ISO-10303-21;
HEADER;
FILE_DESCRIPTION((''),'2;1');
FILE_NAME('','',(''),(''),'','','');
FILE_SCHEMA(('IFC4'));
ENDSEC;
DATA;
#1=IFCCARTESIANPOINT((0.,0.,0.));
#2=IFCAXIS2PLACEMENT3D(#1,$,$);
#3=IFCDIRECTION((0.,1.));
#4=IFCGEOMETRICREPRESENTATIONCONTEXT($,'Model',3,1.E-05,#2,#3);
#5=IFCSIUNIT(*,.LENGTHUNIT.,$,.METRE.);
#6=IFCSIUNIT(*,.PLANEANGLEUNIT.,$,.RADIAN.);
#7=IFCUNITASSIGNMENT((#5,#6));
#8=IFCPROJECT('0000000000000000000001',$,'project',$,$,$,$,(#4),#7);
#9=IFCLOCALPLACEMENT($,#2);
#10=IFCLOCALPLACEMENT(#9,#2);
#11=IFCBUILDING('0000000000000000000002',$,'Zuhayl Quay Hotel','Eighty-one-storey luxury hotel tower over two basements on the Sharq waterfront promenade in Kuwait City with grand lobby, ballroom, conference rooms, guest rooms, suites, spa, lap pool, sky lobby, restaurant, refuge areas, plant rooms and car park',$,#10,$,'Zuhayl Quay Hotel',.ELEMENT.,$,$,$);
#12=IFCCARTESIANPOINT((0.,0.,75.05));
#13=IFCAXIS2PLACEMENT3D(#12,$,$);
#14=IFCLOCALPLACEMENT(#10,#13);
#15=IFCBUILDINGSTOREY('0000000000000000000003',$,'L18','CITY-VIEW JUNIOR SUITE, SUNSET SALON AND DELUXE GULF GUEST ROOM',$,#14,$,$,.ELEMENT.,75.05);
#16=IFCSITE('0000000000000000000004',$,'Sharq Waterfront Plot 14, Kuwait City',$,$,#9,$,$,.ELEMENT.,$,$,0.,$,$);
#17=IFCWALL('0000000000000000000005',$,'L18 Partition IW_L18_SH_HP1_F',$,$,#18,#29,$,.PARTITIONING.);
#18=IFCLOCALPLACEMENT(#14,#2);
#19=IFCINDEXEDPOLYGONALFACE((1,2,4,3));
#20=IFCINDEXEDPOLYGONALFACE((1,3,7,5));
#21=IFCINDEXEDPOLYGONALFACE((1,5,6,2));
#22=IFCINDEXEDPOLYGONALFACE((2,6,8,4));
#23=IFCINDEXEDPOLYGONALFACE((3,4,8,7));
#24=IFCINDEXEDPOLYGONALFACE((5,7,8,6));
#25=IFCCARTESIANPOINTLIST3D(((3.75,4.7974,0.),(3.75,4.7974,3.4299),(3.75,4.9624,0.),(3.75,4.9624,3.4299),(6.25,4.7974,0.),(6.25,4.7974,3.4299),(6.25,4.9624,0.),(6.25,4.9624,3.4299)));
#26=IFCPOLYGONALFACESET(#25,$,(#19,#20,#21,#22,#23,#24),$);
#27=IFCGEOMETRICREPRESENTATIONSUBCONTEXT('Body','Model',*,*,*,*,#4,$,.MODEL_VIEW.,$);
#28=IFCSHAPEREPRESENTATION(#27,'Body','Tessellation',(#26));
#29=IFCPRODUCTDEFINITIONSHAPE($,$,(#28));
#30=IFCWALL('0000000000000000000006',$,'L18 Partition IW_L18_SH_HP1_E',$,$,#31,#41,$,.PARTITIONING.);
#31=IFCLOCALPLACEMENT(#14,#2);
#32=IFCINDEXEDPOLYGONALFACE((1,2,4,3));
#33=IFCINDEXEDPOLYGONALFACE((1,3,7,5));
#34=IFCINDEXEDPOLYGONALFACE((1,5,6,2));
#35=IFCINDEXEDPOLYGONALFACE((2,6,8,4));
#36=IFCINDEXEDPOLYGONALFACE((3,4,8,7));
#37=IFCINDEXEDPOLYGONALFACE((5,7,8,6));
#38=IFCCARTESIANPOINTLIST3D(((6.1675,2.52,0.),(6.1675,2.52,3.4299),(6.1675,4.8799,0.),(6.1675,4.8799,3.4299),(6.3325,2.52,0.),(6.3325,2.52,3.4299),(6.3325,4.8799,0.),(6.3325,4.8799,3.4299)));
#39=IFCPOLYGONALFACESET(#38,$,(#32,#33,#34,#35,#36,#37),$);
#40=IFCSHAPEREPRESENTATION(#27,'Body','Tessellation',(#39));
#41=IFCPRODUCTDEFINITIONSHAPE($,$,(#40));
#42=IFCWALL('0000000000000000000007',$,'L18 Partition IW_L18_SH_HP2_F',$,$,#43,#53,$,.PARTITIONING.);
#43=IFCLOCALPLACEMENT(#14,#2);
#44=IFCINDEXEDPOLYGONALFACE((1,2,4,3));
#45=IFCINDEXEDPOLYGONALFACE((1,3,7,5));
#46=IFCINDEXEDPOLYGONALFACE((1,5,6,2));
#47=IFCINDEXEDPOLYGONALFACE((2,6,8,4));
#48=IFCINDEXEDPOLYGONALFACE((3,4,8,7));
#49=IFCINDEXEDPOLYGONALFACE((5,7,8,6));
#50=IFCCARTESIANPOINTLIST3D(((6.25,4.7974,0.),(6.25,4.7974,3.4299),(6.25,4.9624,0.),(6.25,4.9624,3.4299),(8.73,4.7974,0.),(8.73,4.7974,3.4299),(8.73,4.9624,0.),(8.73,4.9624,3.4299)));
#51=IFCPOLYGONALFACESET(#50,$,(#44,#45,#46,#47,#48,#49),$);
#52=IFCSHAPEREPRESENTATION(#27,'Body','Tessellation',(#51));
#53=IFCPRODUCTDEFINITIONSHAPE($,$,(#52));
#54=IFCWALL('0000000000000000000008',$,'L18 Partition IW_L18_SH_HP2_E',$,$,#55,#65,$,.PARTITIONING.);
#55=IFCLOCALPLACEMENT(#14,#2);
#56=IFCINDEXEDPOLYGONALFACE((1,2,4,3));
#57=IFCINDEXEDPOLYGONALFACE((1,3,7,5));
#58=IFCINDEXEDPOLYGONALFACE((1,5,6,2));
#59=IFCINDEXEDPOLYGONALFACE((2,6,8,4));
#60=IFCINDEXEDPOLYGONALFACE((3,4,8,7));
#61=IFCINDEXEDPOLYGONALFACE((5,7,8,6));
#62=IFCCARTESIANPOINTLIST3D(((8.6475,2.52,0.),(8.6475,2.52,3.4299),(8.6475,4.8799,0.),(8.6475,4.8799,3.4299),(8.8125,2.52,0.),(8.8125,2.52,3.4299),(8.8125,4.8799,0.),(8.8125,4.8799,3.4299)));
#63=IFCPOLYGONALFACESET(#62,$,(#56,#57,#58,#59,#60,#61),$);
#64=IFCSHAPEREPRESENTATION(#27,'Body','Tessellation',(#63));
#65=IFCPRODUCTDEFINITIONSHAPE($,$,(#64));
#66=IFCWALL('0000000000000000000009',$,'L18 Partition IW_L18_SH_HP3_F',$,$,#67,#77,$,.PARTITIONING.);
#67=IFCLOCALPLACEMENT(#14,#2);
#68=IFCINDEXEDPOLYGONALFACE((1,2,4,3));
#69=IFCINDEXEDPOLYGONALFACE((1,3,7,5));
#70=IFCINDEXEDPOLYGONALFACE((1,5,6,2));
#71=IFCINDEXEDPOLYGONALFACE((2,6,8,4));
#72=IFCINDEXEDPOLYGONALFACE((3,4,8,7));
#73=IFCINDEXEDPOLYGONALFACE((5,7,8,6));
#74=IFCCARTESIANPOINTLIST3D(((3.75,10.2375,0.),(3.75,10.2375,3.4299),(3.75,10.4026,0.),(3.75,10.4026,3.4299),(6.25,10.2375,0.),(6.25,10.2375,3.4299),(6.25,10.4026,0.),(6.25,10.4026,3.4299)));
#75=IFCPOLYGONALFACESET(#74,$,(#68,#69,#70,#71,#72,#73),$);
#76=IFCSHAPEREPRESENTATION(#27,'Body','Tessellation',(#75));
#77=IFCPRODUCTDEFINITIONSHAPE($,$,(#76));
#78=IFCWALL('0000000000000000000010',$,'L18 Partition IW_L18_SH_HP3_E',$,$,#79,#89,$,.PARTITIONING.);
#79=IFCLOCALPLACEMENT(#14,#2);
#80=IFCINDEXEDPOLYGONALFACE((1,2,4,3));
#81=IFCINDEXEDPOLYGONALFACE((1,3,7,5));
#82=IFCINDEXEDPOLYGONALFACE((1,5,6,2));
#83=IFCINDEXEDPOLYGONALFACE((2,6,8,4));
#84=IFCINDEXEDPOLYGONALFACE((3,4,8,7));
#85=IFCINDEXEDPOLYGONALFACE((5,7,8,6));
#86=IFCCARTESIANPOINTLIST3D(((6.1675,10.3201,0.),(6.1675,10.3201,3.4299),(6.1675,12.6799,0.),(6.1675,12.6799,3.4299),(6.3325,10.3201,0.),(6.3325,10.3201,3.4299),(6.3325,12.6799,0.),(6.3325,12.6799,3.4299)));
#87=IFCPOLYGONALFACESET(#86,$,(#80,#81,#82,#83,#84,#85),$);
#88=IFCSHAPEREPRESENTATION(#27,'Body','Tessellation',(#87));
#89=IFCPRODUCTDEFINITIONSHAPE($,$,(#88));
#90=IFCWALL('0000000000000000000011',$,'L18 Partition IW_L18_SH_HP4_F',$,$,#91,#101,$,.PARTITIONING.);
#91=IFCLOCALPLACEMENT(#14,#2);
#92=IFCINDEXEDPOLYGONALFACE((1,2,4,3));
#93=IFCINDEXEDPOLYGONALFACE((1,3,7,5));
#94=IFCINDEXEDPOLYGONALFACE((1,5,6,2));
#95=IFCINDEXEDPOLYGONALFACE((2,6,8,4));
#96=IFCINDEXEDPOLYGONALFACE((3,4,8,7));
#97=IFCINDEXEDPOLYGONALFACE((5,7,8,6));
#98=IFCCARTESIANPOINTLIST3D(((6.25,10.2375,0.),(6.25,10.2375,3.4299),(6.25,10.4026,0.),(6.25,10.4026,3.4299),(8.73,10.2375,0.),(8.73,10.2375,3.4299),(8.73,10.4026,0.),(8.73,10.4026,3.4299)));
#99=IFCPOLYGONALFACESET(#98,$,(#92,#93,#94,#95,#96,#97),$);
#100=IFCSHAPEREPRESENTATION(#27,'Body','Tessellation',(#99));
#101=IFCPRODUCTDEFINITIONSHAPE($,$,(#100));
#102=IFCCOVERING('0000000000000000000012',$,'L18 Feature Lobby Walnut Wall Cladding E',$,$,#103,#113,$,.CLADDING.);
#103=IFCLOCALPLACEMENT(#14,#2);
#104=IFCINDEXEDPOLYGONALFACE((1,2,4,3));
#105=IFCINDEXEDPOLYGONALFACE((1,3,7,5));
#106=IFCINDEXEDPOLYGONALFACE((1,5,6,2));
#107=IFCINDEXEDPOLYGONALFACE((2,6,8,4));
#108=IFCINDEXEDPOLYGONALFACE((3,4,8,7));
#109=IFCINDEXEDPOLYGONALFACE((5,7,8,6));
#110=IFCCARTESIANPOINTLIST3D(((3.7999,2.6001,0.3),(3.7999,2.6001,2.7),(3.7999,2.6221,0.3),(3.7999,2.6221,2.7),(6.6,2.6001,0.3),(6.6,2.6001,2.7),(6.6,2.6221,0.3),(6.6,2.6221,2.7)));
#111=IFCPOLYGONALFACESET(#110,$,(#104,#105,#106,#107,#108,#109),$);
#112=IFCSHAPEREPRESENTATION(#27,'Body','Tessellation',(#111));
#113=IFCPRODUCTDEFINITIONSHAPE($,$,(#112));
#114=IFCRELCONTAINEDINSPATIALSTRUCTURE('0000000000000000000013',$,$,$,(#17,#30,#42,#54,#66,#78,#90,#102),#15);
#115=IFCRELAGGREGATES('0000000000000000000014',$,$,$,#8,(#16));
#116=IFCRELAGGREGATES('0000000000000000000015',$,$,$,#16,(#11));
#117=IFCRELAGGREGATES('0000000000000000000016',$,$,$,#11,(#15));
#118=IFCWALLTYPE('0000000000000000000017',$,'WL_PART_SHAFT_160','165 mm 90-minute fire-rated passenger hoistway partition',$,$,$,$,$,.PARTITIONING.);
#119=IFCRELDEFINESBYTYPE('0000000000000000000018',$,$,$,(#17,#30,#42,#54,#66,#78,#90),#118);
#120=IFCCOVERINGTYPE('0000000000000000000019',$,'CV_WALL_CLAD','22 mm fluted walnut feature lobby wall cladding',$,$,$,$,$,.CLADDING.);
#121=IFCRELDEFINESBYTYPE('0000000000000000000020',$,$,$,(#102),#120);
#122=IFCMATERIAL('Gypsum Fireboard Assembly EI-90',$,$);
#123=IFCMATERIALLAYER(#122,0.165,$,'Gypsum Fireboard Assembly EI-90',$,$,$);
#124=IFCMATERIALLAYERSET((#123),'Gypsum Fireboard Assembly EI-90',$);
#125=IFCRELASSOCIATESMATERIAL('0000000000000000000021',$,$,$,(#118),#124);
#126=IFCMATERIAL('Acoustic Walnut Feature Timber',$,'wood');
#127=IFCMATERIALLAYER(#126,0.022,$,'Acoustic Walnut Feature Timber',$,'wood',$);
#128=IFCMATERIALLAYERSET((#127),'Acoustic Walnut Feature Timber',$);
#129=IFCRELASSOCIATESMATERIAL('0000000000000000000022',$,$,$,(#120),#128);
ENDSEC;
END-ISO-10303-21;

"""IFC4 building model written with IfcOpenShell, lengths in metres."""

from ifc_helpers import new_model, si_unit, direction, frame, frame_2d, origin, origin_2d, place, context, subcontext, project, spatial, rectangle, extrude, material, layer, layer_set, type_object, element, save


model = new_model("IFC4")

# Units and contexts
model_context = context("Model", 3, precision=1e-05, world=origin(), true_north=direction((0.0, 1.0)))
body_context = subcontext(model_context, "Body", "Model", "MODEL_VIEW")
ifc_project = project(units=[si_unit("LENGTHUNIT", "METRE"), si_unit("PLANEANGLEUNIT", "RADIAN")], contexts=[model_context])

# Site, building, storey
site_placement = place(None, origin())
site = spatial("IfcSite", under=ifc_project, at=site_placement, Name="Sharq Waterfront Plot 14, Kuwait City", CompositionType="ELEMENT", RefElevation=0.0)
building_placement = place(site_placement, origin())
building = spatial("IfcBuilding", under=site, at=building_placement, Name="Zuhayl Quay Hotel", Description="Eighty-one-storey luxury hotel tower over two basements on the Sharq waterfront promenade in Kuwait City with grand lobby, ballroom, conference rooms, guest rooms, suites, spa, lap pool, sky lobby, restaurant, refuge areas, plant rooms and car park", LongName="Zuhayl Quay Hotel", CompositionType="ELEMENT")
storey_placement = place(building_placement, frame((0.0, 0.0, 75.05)))
storey = spatial("IfcBuildingStorey", under=building, at=storey_placement, Name="L18", Description="CITY-VIEW JUNIOR SUITE, SUNSET SALON AND DELUXE GULF GUEST ROOM", CompositionType="ELEMENT", Elevation=75.05)

# Walls
ifc_material_1 = material(Name="Gypsum Fireboard Assembly EI-90")
ifc_layer_1 = layer(ifc_material_1, 0.165, Name="Gypsum Fireboard Assembly EI-90")
ifc_layer_set_1 = layer_set([ifc_layer_1], Name="Gypsum Fireboard Assembly EI-90")
wall_type_1 = type_object("IfcWallType", Name="WL_PART_SHAFT_160", Description="165 mm 90-minute fire-rated passenger hoistway partition", PredefinedType="PARTITIONING", material=ifc_layer_set_1)
wall_1_placement = place(storey_placement, frame((3.75, 4.8799, 0.0), z_axis=(0.0, 0.0, 1.0), x_axis=(1.0, 0.0, 0.0)))
element("IfcWall", 1, at=wall_1_placement, inside=storey, type_object=wall_type_1, Name="L18 Partition IW_L18_SH_HP1_F", PredefinedType="PARTITIONING", context=body_context, shape_type="SweptSolid", body=[
    extrude(rectangle(XDim=2.5, YDim=0.165, at=frame_2d((1.25, 0.0))), origin(), (0.0, 0.0, 1.0), 3.4299),
])
wall_2_placement = place(storey_placement, frame((6.25, 2.52, 0.0), z_axis=(0.0, 0.0, 1.0), x_axis=(0.0, 1.0, 0.0)))
element("IfcWall", 2, at=wall_2_placement, inside=storey, type_object=wall_type_1, Name="L18 Partition IW_L18_SH_HP1_E", PredefinedType="PARTITIONING", context=body_context, shape_type="SweptSolid", body=[
    extrude(rectangle(XDim=2.3599, YDim=0.165, at=frame_2d((1.1799, 0.0))), origin(), (0.0, 0.0, 1.0), 3.4299),
])
wall_3_placement = place(storey_placement, frame((6.25, 4.8799, 0.0), z_axis=(0.0, 0.0, 1.0), x_axis=(1.0, 0.0, 0.0)))
element("IfcWall", 3, at=wall_3_placement, inside=storey, type_object=wall_type_1, Name="L18 Partition IW_L18_SH_HP2_F", PredefinedType="PARTITIONING", context=body_context, shape_type="SweptSolid", body=[
    extrude(rectangle(XDim=2.48, YDim=0.165, at=frame_2d((1.24, 0.0))), origin(), (0.0, 0.0, 1.0), 3.4299),
])
wall_4_placement = place(storey_placement, frame((8.73, 2.52, 0.0), z_axis=(0.0, 0.0, 1.0), x_axis=(0.0, 1.0, 0.0)))
element("IfcWall", 4, at=wall_4_placement, inside=storey, type_object=wall_type_1, Name="L18 Partition IW_L18_SH_HP2_E", PredefinedType="PARTITIONING", context=body_context, shape_type="SweptSolid", body=[
    extrude(rectangle(XDim=2.3599, YDim=0.165, at=frame_2d((1.1799, 0.0))), origin(), (0.0, 0.0, 1.0), 3.4299),
])
wall_5_placement = place(storey_placement, frame((3.75, 10.3201, 0.0), z_axis=(0.0, 0.0, 1.0), x_axis=(1.0, 0.0, 0.0)))
element("IfcWall", 5, at=wall_5_placement, inside=storey, type_object=wall_type_1, Name="L18 Partition IW_L18_SH_HP3_F", PredefinedType="PARTITIONING", context=body_context, shape_type="SweptSolid", body=[
    extrude(rectangle(XDim=2.5, YDim=0.165, at=frame_2d((1.25, 0.0))), origin(), (0.0, 0.0, 1.0), 3.4299),
])
wall_6_placement = place(storey_placement, frame((6.25, 10.3201, 0.0), z_axis=(0.0, 0.0, 1.0), x_axis=(0.0, 1.0, 0.0)))
element("IfcWall", 6, at=wall_6_placement, inside=storey, type_object=wall_type_1, Name="L18 Partition IW_L18_SH_HP3_E", PredefinedType="PARTITIONING", context=body_context, shape_type="SweptSolid", body=[
    extrude(rectangle(XDim=2.3599, YDim=0.165, at=frame_2d((1.1799, 0.0))), origin(), (0.0, 0.0, 1.0), 3.4299),
])
wall_7_placement = place(storey_placement, frame((6.25, 10.3201, 0.0), z_axis=(0.0, 0.0, 1.0), x_axis=(1.0, 0.0, 0.0)))
element("IfcWall", 7, at=wall_7_placement, inside=storey, type_object=wall_type_1, Name="L18 Partition IW_L18_SH_HP4_F", PredefinedType="PARTITIONING", context=body_context, shape_type="SweptSolid", body=[
    extrude(rectangle(XDim=2.48, YDim=0.165, at=frame_2d((1.24, 0.0))), origin(), (0.0, 0.0, 1.0), 3.4299),
])

# Covering
ifc_material_2 = material(Name="Acoustic Walnut Feature Timber", Category="wood")
ifc_layer_2 = layer(ifc_material_2, 0.022, Name="Acoustic Walnut Feature Timber", Category="wood")
ifc_layer_set_2 = layer_set([ifc_layer_2], Name="Acoustic Walnut Feature Timber")
covering_type = type_object("IfcCoveringType", Name="CV_WALL_CLAD", Description="22 mm fluted walnut feature lobby wall cladding", PredefinedType="CLADDING", material=ifc_layer_set_2)
covering_placement = place(storey_placement, frame((5.2, 2.6111, 0.3), z_axis=(0.0, 0.0, 1.0), x_axis=(1.0, 0.0, 0.0)))
element("IfcCovering", 8, at=covering_placement, inside=storey, type_object=covering_type, Name="L18 Feature Lobby Walnut Wall Cladding E", PredefinedType="CLADDING", context=body_context, shape_type="SweptSolid", body=[
    extrude(rectangle(XDim=2.8, YDim=0.022, at=origin_2d()), origin(), (0.0, 0.0, 1.0), 2.3999),
])

save(model, "model.ifc")
